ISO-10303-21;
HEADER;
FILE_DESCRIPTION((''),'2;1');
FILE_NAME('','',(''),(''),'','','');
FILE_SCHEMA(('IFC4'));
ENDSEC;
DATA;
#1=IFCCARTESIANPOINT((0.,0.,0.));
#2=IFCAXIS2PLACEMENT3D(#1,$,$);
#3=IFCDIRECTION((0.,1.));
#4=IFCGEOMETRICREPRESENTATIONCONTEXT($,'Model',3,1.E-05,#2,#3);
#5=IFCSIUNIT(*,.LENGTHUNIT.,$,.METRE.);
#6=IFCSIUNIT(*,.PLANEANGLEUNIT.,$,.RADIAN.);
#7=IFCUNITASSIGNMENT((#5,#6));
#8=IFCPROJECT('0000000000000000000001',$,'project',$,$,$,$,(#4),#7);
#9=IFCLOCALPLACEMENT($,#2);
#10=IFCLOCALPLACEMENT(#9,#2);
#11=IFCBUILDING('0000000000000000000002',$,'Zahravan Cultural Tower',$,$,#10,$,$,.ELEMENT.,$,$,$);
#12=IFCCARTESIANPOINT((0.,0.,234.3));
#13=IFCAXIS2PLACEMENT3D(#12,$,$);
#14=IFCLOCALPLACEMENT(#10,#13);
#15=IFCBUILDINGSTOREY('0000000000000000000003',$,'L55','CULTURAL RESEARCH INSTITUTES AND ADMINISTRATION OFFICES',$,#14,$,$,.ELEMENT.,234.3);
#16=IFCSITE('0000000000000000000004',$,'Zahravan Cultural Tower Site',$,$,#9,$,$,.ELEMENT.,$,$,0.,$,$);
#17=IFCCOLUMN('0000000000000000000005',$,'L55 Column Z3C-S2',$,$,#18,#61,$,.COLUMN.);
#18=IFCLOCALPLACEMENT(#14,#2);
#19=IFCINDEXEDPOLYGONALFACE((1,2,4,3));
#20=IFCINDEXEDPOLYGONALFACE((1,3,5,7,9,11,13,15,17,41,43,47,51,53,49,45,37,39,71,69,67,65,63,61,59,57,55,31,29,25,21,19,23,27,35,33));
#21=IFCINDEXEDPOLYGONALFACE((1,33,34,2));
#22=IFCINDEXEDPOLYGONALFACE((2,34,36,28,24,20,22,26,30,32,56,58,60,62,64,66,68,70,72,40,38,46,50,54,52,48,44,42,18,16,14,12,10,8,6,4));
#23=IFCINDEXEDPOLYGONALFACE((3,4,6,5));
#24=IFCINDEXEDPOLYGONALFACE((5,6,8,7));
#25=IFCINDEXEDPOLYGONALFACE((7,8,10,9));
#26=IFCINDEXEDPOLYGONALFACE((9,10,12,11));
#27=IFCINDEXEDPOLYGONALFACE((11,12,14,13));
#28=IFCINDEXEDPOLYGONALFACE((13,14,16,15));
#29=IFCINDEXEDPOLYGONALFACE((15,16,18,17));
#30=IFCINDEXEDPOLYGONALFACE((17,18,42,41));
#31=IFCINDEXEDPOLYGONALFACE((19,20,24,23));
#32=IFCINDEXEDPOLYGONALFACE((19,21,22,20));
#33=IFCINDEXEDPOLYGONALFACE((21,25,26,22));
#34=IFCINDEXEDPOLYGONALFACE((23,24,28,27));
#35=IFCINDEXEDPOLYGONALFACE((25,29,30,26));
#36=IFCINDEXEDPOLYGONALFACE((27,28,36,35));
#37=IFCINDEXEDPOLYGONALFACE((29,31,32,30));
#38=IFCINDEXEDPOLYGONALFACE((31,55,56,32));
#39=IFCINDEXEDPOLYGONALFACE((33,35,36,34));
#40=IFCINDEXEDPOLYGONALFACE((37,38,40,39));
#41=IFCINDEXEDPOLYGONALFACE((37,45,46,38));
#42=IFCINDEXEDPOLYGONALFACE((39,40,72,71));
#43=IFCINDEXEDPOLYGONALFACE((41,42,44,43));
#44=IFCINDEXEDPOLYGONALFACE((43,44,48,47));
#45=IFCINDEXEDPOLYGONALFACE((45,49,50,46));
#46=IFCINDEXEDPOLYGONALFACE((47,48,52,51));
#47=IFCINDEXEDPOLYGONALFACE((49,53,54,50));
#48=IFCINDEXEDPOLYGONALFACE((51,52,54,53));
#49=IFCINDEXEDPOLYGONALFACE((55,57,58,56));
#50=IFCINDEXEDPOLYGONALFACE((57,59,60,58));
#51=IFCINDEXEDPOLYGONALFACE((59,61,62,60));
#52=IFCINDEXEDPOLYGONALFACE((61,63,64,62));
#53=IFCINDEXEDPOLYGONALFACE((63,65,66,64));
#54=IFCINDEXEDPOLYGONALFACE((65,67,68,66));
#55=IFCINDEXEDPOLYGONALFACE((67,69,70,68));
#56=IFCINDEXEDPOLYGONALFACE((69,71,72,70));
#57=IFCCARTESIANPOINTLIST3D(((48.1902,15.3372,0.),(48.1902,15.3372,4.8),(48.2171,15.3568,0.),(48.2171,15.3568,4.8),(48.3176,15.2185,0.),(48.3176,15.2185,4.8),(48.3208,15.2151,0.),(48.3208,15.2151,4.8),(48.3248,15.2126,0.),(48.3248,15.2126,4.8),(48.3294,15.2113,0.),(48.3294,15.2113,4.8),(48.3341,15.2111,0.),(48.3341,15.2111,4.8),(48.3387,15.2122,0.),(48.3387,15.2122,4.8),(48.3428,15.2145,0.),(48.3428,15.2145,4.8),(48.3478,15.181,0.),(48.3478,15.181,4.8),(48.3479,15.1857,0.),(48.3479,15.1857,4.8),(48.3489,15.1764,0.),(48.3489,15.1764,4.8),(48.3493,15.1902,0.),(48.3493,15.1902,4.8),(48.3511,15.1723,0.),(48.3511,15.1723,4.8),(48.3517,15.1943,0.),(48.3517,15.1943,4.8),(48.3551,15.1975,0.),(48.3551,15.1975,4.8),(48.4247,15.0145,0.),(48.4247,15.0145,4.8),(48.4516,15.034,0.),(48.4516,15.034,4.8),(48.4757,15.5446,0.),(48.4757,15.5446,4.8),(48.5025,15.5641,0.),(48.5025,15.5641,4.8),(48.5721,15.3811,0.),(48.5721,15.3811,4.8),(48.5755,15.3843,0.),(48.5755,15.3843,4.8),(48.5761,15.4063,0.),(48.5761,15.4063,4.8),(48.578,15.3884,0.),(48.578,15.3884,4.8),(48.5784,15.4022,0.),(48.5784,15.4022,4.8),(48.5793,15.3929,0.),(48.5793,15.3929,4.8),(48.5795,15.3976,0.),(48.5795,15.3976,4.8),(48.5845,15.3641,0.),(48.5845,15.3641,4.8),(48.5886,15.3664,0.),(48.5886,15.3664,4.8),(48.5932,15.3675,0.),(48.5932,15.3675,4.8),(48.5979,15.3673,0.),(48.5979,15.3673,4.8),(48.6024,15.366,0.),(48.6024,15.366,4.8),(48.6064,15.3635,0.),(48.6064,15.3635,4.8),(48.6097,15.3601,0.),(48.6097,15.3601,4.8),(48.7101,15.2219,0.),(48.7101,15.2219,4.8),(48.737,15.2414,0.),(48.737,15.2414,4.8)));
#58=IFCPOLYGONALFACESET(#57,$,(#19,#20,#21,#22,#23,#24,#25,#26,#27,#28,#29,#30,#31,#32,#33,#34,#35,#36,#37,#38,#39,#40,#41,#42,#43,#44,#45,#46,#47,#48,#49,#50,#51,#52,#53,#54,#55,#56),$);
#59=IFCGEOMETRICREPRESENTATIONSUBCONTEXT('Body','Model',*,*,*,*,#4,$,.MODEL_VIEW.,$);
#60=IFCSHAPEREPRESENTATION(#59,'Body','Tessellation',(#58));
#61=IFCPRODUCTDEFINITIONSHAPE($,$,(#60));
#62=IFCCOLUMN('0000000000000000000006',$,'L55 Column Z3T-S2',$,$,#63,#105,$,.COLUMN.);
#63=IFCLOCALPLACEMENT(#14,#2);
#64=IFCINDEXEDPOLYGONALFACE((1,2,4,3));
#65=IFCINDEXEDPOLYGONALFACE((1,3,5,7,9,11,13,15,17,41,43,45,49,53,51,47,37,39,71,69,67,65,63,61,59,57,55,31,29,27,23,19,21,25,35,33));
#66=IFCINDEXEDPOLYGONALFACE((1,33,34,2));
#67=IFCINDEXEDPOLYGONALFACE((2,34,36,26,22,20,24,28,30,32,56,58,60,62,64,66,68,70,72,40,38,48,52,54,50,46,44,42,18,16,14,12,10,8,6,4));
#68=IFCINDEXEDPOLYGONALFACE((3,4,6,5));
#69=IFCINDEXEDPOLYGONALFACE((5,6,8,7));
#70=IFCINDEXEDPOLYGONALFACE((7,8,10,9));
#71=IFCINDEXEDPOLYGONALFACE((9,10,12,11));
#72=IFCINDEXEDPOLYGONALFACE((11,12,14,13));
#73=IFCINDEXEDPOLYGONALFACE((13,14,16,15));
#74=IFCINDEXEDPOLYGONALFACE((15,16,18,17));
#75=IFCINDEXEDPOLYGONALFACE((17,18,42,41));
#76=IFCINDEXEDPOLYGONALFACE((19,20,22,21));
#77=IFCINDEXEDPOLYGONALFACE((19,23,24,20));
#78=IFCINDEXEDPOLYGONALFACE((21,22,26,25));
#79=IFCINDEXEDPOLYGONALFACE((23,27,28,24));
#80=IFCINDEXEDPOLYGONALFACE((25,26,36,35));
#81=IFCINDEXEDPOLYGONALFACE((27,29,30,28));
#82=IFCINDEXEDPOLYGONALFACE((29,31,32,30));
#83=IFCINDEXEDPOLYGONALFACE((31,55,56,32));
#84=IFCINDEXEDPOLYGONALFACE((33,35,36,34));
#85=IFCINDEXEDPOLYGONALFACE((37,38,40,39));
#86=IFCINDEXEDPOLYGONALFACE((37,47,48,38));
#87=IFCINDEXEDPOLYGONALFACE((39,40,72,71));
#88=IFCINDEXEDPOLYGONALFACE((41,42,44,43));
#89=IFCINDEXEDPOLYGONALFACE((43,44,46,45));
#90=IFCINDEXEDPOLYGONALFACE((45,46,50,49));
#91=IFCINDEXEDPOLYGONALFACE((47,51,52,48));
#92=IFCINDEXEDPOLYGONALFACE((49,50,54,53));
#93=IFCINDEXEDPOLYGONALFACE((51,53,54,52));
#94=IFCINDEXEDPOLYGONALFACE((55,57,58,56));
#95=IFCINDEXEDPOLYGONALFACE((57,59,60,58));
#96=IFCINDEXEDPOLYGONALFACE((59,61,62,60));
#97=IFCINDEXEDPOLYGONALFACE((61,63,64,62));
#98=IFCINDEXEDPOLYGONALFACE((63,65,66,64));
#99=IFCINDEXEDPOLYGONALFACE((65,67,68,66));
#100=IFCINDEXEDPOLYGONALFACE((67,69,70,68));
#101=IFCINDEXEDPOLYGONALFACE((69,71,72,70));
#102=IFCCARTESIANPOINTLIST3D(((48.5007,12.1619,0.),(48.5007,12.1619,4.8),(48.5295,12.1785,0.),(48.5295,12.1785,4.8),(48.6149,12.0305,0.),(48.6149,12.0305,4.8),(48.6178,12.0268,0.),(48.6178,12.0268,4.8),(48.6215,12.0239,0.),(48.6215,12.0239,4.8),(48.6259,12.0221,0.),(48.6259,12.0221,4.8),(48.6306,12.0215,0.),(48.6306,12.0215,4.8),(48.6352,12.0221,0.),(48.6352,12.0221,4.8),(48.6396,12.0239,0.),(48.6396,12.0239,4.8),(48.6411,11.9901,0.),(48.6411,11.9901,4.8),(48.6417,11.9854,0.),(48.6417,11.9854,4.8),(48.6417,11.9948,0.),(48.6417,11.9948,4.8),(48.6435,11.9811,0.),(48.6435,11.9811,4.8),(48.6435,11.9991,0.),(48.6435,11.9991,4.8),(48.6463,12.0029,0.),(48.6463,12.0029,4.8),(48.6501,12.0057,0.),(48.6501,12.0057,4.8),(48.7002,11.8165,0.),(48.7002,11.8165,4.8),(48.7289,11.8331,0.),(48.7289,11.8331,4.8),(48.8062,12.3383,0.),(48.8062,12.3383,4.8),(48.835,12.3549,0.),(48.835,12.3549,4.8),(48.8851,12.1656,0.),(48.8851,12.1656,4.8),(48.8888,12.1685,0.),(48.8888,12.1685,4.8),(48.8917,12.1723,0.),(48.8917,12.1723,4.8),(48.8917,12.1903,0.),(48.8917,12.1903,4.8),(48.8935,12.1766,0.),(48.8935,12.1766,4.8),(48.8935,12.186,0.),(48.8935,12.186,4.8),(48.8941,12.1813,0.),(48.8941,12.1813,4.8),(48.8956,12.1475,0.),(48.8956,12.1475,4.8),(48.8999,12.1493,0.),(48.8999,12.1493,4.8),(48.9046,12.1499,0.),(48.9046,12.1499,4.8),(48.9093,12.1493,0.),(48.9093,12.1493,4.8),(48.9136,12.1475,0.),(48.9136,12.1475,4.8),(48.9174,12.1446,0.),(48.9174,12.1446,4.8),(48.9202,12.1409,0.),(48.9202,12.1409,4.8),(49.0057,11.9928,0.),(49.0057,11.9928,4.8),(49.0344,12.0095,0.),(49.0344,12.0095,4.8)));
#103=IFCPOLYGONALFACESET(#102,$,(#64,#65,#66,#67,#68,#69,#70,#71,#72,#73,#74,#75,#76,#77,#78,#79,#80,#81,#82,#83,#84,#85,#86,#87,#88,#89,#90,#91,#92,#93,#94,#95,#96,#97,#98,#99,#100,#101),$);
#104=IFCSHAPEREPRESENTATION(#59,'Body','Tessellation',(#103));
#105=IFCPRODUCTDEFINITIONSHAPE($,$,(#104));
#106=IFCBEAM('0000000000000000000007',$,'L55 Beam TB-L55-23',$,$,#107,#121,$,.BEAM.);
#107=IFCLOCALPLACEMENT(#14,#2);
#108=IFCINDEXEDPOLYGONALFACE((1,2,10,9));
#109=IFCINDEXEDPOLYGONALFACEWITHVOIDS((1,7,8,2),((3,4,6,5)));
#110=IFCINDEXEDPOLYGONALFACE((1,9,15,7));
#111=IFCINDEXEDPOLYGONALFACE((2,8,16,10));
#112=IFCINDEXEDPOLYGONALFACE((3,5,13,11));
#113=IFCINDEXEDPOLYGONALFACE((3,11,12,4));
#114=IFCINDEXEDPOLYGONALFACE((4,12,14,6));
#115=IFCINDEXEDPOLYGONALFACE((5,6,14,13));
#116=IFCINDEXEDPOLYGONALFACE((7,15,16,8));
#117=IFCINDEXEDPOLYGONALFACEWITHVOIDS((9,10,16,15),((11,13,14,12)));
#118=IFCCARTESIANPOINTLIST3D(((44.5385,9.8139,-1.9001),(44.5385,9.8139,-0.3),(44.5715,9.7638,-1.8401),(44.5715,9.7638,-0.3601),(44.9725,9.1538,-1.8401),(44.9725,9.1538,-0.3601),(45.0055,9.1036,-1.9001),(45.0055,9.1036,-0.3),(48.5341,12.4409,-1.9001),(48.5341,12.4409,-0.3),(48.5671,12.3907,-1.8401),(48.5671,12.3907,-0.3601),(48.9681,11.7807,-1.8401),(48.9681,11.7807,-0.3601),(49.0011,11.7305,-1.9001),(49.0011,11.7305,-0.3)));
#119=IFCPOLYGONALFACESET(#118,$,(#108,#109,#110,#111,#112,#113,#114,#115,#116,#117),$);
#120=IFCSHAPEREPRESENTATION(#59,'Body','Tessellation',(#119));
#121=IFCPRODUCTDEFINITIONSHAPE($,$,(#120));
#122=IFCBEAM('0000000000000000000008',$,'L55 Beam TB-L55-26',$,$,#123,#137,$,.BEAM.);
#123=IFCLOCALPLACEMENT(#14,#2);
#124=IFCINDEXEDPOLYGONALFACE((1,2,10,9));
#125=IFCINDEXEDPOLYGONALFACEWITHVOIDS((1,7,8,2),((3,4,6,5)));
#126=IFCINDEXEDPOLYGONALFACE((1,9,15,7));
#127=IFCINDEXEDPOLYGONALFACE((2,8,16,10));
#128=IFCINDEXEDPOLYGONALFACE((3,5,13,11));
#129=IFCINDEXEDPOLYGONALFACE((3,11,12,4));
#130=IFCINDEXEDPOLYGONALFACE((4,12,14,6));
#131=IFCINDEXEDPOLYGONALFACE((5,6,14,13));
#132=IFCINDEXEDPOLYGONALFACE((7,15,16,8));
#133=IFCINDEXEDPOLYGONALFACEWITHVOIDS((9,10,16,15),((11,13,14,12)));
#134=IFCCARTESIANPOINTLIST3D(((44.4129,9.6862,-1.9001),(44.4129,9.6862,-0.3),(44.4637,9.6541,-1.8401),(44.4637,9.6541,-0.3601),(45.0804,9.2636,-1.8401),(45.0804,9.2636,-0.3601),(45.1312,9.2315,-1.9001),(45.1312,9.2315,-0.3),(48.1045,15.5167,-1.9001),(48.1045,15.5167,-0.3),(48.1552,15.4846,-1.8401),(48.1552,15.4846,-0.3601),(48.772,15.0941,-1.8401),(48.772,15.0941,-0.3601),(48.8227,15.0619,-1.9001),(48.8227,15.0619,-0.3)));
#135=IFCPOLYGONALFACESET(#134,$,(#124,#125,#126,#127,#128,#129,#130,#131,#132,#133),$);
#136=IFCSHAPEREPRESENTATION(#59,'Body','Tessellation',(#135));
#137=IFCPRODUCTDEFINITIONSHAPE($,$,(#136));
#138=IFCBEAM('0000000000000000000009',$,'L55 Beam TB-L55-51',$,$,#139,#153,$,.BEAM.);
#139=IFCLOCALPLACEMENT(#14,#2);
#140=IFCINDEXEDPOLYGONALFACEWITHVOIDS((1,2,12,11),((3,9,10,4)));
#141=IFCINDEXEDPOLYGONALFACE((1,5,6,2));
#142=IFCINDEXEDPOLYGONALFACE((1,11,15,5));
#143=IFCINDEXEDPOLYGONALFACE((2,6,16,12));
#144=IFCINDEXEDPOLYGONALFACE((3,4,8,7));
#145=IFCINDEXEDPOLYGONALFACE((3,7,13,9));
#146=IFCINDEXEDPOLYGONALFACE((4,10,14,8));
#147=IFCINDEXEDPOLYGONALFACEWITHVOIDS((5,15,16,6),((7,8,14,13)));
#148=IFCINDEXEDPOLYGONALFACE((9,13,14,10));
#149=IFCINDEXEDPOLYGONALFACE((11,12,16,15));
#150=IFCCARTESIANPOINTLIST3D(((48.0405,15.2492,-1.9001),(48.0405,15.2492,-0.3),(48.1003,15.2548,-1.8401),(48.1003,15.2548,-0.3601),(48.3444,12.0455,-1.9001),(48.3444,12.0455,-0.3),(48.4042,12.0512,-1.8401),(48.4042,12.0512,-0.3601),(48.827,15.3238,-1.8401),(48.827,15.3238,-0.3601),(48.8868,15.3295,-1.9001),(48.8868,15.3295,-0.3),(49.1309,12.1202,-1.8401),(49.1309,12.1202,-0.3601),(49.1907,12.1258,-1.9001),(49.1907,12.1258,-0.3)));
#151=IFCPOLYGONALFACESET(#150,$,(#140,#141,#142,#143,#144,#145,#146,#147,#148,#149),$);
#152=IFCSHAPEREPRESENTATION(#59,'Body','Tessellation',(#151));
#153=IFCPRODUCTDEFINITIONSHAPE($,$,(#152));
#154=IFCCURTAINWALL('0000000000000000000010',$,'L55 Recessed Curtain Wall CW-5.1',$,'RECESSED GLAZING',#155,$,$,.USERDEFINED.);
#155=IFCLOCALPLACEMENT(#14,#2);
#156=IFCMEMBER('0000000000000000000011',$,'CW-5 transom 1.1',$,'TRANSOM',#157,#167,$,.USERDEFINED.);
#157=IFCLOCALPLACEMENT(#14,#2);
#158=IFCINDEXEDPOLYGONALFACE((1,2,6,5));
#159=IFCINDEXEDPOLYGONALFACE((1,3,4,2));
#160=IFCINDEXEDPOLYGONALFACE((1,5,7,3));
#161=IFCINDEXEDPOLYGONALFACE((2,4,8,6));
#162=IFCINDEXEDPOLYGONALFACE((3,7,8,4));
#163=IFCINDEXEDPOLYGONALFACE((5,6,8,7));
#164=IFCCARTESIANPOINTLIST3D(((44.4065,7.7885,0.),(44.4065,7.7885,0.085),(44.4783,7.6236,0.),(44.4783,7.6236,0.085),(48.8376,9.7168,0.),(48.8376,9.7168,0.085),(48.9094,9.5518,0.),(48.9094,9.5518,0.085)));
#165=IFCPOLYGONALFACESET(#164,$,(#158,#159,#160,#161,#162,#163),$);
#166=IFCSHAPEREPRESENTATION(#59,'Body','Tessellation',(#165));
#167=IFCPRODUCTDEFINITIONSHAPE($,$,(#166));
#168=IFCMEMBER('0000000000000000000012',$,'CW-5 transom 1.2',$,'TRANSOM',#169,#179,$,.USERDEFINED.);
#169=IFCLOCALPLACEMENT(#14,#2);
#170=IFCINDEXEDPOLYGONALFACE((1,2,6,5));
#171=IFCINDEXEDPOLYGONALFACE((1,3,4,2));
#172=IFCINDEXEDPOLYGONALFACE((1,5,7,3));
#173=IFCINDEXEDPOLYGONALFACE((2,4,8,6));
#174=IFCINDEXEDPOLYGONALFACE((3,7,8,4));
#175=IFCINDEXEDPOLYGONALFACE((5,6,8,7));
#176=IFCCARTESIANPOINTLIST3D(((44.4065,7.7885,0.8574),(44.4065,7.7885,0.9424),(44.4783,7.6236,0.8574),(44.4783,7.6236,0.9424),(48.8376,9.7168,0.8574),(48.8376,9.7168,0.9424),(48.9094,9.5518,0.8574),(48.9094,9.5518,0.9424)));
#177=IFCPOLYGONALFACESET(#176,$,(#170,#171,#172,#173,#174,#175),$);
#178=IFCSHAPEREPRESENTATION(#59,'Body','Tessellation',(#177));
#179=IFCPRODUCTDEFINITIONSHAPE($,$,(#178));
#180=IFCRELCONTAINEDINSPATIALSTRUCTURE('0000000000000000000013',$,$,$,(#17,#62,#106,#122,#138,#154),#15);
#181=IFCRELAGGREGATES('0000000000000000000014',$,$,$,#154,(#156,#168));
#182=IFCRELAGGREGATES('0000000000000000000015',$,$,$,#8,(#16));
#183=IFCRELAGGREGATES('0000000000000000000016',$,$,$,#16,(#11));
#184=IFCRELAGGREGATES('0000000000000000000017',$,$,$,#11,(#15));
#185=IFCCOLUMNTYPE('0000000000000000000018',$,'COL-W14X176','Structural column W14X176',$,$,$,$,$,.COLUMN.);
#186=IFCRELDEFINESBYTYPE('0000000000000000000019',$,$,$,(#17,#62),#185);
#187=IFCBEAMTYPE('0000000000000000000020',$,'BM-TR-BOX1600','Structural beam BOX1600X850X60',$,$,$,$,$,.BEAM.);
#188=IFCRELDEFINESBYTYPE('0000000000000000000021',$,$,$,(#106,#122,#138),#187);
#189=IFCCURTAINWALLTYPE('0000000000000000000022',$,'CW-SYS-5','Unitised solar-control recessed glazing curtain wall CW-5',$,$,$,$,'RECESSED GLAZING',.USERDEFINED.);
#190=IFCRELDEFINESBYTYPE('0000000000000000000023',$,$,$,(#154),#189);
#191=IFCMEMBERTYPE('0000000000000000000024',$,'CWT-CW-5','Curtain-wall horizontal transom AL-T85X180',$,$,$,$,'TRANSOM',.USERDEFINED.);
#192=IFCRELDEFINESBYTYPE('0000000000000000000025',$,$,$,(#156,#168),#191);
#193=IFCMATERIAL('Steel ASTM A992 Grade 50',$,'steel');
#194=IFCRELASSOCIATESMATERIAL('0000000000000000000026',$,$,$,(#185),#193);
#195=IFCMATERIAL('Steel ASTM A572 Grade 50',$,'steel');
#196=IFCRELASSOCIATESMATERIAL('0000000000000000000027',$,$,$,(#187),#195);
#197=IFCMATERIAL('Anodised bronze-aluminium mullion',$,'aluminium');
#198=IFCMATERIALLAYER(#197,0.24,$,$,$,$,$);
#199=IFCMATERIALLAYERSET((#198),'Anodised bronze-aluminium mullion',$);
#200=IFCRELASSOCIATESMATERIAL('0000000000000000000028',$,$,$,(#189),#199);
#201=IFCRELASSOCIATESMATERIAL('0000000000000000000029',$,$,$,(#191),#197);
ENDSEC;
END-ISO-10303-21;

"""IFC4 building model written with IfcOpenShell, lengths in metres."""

from ifc_helpers import new_model, si_unit, direction, frame, origin, origin_2d, place, context, subcontext, project, spatial, rectangle, hollow_rectangle, i_section, extrude, source, transform, mapped, material, layer, layer_set, material_profile, profile_set, type_object, element, aggregate, save


model = new_model("IFC4")

# Units and contexts
model_context = context("Model", 3, precision=1e-05, world=origin(), true_north=direction((0.0, 1.0)))
body_context = subcontext(model_context, "Body", "Model", "MODEL_VIEW")
ifc_project = project(units=[si_unit("LENGTHUNIT", "METRE"), si_unit("PLANEANGLEUNIT", "RADIAN")], contexts=[model_context])

# Site, building, storey
site_placement = place(None, origin())
site = spatial("IfcSite", under=ifc_project, at=site_placement, Name="Zahravan Cultural Tower Site", CompositionType="ELEMENT", RefElevation=0.0)
building_placement = place(site_placement, origin())
building = spatial("IfcBuilding", under=site, at=building_placement, Name="Zahravan Cultural Tower", CompositionType="ELEMENT")
storey_placement = place(building_placement, frame((0.0, 0.0, 234.3)))
storey = spatial("IfcBuildingStorey", under=building, at=storey_placement, Name="L55", Description="CULTURAL RESEARCH INSTITUTES AND ADMINISTRATION OFFICES", CompositionType="ELEMENT", Elevation=234.3)

# Columns
ifc_material_1 = material(Name="Steel ASTM A992 Grade 50", Category="steel")
ifc_material_profile_1 = material_profile(ifc_material_1, i_section(OverallWidth=0.3989, OverallDepth=0.386, WebThickness=0.021, FlangeThickness=0.0332, FilletRadius=0.0181, at=origin_2d()), Name="W14X176")
ifc_profile_set_1 = profile_set([ifc_material_profile_1], Name="Steel ASTM A992 Grade 50")
column_type = type_object("IfcColumnType", Name="COL-W14X176", Description="Structural column W14X176", PredefinedType="COLUMN", material=ifc_profile_set_1)
shared_shape_1 = source(origin(), body_context, "Body", "SweptSolid", [
    extrude(i_section(OverallWidth=0.3989, OverallDepth=0.386, WebThickness=0.021, FlangeThickness=0.0332, FilletRadius=0.0181, at=origin_2d()), origin(), (0.0, 0.0, 1.0), 4.8),
])
for number, where, z_axis, x_axis, name in (
    (1, (48.4636, 15.2893, 0.0), (0.0, 0.0, 1.0), (-0.587785, 0.809017, 0.0), "L55 Column Z3C-S2"),
    (2, (48.7676, 12.0857, 0.0), (0.0, 0.0, 1.0), (-0.5, 0.866025, 0.0), "L55 Column Z3T-S2"),
):
    element("IfcColumn", number, at=place(storey_placement, frame(where, z_axis=z_axis, x_axis=x_axis)), inside=storey, type_object=column_type, Name=name, PredefinedType="COLUMN", context=body_context, shape_type="MappedRepresentation", body=[
        mapped(shared_shape_1, transform((0.0, 0.0, 0.0), x_axis=(1.0, 0.0, 0.0), y_axis=(0.0, 1.0, 0.0), z_axis=(0.0, 0.0, 1.0), scale=1.0)),
    ])

# Beams
ifc_material_2 = material(Name="Steel ASTM A572 Grade 50", Category="steel")
ifc_material_profile_2 = material_profile(ifc_material_2, hollow_rectangle(XDim=0.8501, YDim=1.6001, WallThickness=0.0601, at=origin_2d()), Name="BOX1600X850X60")
ifc_profile_set_2 = profile_set([ifc_material_profile_2], Name="Steel ASTM A572 Grade 50")
beam_type = type_object("IfcBeamType", Name="BM-TR-BOX1600", Description="Structural beam BOX1600X850X60", PredefinedType="BEAM", material=ifc_profile_set_2)
shared_shape_2 = source(origin(), body_context, "Body", "SweptSolid", [
    extrude(hollow_rectangle(XDim=0.8501, YDim=1.6001, WallThickness=0.0601, at=origin_2d()), origin(), (0.0, 0.0, 1.0), 4.7817),
])
beam_1_placement = place(storey_placement, frame((48.7676, 12.0857, -1.1001), z_axis=(-0.835584, -0.549363, 0.0), x_axis=(0.549363, -0.835584, 0.0)))
element("IfcBeam", 3, at=beam_1_placement, inside=storey, type_object=beam_type, Name="L55 Beam TB-L55-23", PredefinedType="BEAM", context=body_context, shape_type="MappedRepresentation", body=[
    mapped(shared_shape_2, transform((0.0, 0.0, 0.0), x_axis=(1.0, 0.0, 0.0), y_axis=(0.0, 1.0, 0.0), z_axis=(0.0, 0.0, 1.0), scale=1.0)),
])
shared_shape_3 = source(origin(), body_context, "Body", "SweptSolid", [
    extrude(hollow_rectangle(XDim=0.8501, YDim=1.6001, WallThickness=0.0601, at=origin_2d()), origin(), (0.0, 0.0, 1.0), 6.9009),
])
beam_2_placement = place(storey_placement, frame((48.4636, 15.2893, -1.1001), z_axis=(-0.534944, -0.844887, 0.0), x_axis=(0.844887, -0.534944, 0.0)))
element("IfcBeam", 4, at=beam_2_placement, inside=storey, type_object=beam_type, Name="L55 Beam TB-L55-26", PredefinedType="BEAM", context=body_context, shape_type="MappedRepresentation", body=[
    mapped(shared_shape_3, transform((0.0, 0.0, 0.0), x_axis=(1.0, 0.0, 0.0), y_axis=(0.0, 1.0, 0.0), z_axis=(0.0, 0.0, 1.0), scale=1.0)),
])
shared_shape_4 = source(origin(), body_context, "Body", "SweptSolid", [
    extrude(hollow_rectangle(XDim=0.8501, YDim=1.6001, WallThickness=0.0601, at=origin_2d()), origin(), (0.0, 0.0, 1.0), 3.218),
])
beam_3_placement = place(storey_placement, frame((48.7676, 12.0857, -1.1001), z_axis=(-0.094455, 0.995529, 0.0), x_axis=(-0.995529, -0.094455, 0.0)))
element("IfcBeam", 5, at=beam_3_placement, inside=storey, type_object=beam_type, Name="L55 Beam TB-L55-51", PredefinedType="BEAM", context=body_context, shape_type="MappedRepresentation", body=[
    mapped(shared_shape_4, transform((0.0, 0.0, 0.0), x_axis=(1.0, 0.0, 0.0), y_axis=(0.0, 1.0, 0.0), z_axis=(0.0, 0.0, 1.0), scale=1.0)),
])

# Curtain wall, members
ifc_material_3 = material(Name="Anodised bronze-aluminium mullion", Category="aluminium")
ifc_layer_1 = layer(ifc_material_3, 0.24)
ifc_layer_set_1 = layer_set([ifc_layer_1], Name="Anodised bronze-aluminium mullion")
curtain_wall_type = type_object("IfcCurtainWallType", Name="CW-SYS-5", Description="Unitised solar-control recessed glazing curtain wall CW-5", ElementType="RECESSED GLAZING", PredefinedType="USERDEFINED", material=ifc_layer_set_1)
curtain_wall_placement = place(storey_placement, origin())
curtain_wall = element("IfcCurtainWall", 6, at=curtain_wall_placement, inside=storey, type_object=curtain_wall_type, Name="L55 Recessed Curtain Wall CW-5.1", ObjectType="RECESSED GLAZING", PredefinedType="USERDEFINED")
ifc_material_profile_3 = material_profile(ifc_material_3, rectangle(XDim=0.1799, YDim=0.085, at=origin_2d()), Name="AL-T85X180")
ifc_profile_set_3 = profile_set([ifc_material_profile_3], Name="Anodised bronze-aluminium mullion")
member_type_1 = type_object("IfcMemberType", Name="CWT-CW-5", Description="Curtain-wall horizontal transom AL-T85X180", ElementType="TRANSOM", PredefinedType="USERDEFINED", material=ifc_profile_set_3)
shared_shape_5 = source(origin(), body_context, "Body", "SweptSolid", [
    extrude(rectangle(XDim=0.1799, YDim=0.085, at=origin_2d()), origin(), (0.0, 0.0, 1.0), 4.8325),
])
member_1_placement = place(storey_placement, frame((48.8735, 9.6343, 0.0425), z_axis=(-0.916946, -0.399011, 0.0), x_axis=(0.399011, -0.916946, 0.0)))
member_1 = element("IfcMember", 7, at=member_1_placement, type_object=member_type_1, Name="CW-5 transom 1.1", ObjectType="TRANSOM", PredefinedType="USERDEFINED", context=body_context, shape_type="MappedRepresentation", body=[
    mapped(shared_shape_5, transform((0.0, 0.0, 0.0), x_axis=(1.0, 0.0, 0.0), y_axis=(0.0, 1.0, 0.0), z_axis=(0.0, 0.0, 1.0), scale=1.0)),
])
member_2_placement = place(storey_placement, frame((48.8735, 9.6343, 0.8999), z_axis=(-0.916946, -0.399011, 0.0), x_axis=(0.399011, -0.916946, 0.0)))
member_2 = element("IfcMember", 8, at=member_2_placement, type_object=member_type_1, Name="CW-5 transom 1.2", ObjectType="TRANSOM", PredefinedType="USERDEFINED", context=body_context, shape_type="MappedRepresentation", body=[
    mapped(shared_shape_5, transform((0.0, 0.0, 0.0), x_axis=(1.0, 0.0, 0.0), y_axis=(0.0, 1.0, 0.0), z_axis=(0.0, 0.0, 1.0), scale=1.0)),
])

aggregate(curtain_wall, [member_1, member_2])

save(model, "model.ifc")
